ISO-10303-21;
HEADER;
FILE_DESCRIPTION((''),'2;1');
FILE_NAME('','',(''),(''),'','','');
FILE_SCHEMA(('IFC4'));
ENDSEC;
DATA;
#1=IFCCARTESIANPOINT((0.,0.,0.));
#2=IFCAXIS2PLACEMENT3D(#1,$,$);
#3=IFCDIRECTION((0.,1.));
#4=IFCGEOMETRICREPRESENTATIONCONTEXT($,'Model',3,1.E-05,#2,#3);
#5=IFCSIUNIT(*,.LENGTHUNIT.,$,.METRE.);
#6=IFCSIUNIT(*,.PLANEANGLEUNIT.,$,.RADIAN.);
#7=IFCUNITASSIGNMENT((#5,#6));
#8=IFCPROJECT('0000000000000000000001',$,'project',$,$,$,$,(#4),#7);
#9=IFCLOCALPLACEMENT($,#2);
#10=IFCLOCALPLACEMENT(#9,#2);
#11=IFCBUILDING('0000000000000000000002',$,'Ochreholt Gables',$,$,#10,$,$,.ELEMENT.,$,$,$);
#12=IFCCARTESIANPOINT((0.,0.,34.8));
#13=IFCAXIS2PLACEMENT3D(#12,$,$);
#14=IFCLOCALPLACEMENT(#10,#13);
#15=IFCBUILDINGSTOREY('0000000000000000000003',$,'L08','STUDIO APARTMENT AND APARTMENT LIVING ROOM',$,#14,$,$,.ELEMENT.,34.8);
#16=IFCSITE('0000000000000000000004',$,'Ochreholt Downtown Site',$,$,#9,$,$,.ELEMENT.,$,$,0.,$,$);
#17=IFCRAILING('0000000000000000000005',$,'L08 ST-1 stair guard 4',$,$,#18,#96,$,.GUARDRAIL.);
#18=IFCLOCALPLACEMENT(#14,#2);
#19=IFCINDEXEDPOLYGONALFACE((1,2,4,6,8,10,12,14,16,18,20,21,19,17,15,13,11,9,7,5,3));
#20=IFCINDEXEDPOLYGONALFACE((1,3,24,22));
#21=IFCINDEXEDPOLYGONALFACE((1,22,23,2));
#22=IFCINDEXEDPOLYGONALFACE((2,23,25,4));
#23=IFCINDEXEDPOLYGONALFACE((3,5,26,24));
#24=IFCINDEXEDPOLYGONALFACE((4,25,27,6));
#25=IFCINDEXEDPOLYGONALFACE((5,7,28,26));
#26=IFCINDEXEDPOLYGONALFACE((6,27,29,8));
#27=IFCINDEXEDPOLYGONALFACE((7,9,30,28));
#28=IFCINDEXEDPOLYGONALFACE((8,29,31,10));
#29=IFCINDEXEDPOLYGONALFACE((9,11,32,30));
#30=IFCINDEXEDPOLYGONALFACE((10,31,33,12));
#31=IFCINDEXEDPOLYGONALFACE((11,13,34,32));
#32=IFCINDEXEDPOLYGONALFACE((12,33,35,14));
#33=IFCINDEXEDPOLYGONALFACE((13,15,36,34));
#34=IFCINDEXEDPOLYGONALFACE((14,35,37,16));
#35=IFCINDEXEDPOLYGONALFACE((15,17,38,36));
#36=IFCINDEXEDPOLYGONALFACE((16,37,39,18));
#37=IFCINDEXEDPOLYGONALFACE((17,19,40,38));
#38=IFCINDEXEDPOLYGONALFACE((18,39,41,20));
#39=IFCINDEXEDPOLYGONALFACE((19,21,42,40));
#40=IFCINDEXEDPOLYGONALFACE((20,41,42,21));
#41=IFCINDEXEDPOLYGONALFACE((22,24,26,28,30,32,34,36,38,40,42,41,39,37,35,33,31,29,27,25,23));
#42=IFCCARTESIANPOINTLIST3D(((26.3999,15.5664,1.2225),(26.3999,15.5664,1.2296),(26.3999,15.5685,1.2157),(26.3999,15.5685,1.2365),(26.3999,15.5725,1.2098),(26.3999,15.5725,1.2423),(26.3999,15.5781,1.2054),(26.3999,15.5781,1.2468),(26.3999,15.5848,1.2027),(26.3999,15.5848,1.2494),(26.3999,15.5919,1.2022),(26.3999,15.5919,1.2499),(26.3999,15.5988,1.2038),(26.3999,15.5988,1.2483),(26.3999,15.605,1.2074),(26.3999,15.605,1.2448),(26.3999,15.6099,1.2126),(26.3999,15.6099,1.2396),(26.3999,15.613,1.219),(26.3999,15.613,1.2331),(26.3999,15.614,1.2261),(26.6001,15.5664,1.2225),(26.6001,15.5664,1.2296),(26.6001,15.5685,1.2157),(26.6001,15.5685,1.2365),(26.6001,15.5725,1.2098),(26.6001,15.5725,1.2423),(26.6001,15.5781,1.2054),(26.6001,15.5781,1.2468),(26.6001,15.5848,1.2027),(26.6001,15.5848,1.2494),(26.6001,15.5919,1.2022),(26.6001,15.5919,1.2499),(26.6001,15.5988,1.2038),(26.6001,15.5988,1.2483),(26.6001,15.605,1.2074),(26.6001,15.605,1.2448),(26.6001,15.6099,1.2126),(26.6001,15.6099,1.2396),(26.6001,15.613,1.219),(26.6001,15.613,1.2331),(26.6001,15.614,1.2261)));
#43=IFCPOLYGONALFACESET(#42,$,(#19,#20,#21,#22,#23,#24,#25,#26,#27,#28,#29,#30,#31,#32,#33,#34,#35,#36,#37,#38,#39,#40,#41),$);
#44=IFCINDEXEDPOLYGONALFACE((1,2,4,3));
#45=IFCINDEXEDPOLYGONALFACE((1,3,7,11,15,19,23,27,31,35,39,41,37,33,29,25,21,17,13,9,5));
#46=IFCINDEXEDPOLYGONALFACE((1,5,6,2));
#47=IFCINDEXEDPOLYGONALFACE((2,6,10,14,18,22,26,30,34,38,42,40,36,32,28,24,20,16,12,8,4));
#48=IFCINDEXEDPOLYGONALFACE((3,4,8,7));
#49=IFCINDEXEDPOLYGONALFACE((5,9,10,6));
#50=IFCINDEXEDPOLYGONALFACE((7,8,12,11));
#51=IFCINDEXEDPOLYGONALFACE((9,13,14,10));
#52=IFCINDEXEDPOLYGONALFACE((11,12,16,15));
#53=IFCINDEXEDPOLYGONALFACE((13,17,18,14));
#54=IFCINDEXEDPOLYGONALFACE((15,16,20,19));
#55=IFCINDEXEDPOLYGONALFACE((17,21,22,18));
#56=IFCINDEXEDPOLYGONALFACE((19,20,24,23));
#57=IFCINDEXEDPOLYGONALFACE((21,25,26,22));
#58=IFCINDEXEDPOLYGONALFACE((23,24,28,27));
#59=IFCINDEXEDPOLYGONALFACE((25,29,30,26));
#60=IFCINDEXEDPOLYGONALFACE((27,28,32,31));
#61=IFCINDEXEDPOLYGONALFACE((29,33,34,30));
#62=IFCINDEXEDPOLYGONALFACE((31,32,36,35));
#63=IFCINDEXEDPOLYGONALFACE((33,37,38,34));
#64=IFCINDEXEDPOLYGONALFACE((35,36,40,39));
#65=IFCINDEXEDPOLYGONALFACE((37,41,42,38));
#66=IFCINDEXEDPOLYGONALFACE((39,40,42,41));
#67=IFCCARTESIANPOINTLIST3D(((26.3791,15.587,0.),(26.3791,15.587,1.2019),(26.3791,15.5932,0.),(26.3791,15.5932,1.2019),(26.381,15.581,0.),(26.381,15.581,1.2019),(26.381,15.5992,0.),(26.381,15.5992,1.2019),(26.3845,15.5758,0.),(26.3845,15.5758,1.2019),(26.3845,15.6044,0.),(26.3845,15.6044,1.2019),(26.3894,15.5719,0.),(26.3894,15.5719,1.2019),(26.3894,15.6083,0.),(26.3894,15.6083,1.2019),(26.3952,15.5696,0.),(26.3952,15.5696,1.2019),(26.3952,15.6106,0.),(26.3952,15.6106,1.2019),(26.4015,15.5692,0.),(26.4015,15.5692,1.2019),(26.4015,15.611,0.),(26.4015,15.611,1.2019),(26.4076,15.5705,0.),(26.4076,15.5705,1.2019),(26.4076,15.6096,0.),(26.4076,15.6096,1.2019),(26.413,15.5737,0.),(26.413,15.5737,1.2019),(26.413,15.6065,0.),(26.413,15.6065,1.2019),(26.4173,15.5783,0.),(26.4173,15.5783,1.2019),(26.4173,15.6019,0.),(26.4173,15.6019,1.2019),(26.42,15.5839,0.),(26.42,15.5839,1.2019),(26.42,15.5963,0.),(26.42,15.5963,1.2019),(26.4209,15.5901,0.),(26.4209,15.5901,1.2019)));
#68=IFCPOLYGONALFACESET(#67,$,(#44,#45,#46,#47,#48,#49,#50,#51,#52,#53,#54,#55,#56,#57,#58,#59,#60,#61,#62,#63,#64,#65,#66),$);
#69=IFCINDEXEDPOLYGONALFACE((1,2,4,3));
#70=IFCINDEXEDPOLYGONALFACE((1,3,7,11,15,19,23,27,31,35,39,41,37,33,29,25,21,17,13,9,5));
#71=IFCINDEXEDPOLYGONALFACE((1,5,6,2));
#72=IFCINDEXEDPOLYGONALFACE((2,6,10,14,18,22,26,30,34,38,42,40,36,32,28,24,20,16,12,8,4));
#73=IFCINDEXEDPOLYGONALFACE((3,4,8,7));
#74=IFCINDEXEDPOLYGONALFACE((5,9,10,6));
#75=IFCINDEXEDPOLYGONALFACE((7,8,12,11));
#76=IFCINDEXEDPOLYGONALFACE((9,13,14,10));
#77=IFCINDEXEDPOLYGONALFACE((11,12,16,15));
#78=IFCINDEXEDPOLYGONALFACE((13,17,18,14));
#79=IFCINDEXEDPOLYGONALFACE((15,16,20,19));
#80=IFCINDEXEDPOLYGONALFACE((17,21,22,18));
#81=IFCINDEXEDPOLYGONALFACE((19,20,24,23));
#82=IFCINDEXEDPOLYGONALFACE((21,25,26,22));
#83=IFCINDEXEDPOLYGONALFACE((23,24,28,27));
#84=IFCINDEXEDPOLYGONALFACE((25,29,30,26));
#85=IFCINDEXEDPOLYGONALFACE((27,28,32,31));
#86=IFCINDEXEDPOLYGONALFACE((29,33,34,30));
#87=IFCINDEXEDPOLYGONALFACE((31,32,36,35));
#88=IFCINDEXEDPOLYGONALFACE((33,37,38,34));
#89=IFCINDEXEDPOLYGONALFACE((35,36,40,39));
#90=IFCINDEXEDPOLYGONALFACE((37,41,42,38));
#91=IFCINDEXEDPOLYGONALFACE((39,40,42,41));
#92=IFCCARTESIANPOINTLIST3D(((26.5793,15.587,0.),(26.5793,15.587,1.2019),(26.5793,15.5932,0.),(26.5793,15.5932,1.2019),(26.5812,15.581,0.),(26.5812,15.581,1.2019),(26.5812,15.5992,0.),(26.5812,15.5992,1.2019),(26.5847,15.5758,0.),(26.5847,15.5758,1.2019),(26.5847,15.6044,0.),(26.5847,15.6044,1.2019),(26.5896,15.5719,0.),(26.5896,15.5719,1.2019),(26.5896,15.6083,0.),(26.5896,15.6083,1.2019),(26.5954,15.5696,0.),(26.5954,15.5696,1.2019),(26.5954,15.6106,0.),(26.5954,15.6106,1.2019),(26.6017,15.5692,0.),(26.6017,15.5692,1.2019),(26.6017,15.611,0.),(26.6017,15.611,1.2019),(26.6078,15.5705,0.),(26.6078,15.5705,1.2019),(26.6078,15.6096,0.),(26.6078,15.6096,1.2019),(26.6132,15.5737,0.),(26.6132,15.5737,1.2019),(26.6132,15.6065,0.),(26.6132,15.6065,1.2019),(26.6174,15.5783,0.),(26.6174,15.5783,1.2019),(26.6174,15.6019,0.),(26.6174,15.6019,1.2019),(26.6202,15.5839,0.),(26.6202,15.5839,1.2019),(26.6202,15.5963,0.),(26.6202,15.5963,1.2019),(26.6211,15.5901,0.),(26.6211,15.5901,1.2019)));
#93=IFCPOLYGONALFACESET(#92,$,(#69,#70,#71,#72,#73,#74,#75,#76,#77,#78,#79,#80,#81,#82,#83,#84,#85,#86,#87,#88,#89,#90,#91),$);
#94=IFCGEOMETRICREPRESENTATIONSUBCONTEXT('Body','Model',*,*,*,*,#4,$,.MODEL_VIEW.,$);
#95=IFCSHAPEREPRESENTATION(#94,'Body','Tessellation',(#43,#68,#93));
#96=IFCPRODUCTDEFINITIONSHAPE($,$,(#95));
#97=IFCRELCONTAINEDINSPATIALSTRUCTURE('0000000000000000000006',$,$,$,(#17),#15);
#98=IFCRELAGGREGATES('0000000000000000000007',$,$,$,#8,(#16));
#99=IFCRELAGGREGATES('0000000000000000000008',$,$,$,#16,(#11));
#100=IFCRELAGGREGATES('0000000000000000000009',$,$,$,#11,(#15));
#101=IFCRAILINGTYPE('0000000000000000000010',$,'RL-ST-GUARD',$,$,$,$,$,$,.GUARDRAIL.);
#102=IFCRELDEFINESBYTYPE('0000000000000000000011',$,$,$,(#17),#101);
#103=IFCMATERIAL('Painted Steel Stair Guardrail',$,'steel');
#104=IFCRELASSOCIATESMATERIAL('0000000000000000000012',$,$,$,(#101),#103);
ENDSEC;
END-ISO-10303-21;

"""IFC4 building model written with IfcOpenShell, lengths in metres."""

from ifc_helpers import new_model, si_unit, direction, frame, origin, origin_2d, place, context, subcontext, project, spatial, circle, extrude, material, type_object, element, save


model = new_model("IFC4")

# Units and contexts
model_context = context("Model", 3, precision=1e-05, world=origin(), true_north=direction((0.0, 1.0)))
body_context = subcontext(model_context, "Body", "Model", "MODEL_VIEW")
ifc_project = project(units=[si_unit("LENGTHUNIT", "METRE"), si_unit("PLANEANGLEUNIT", "RADIAN")], contexts=[model_context])

# Site, building, storey
site_placement = place(None, origin())
site = spatial("IfcSite", under=ifc_project, at=site_placement, Name="Ochreholt Downtown Site", CompositionType="ELEMENT", RefElevation=0.0)
building_placement = place(site_placement, origin())
building = spatial("IfcBuilding", under=site, at=building_placement, Name="Ochreholt Gables", CompositionType="ELEMENT")
storey_placement = place(building_placement, frame((0.0, 0.0, 34.8)))
storey = spatial("IfcBuildingStorey", under=building, at=storey_placement, Name="L08", Description="STUDIO APARTMENT AND APARTMENT LIVING ROOM", CompositionType="ELEMENT", Elevation=34.8)

# Railing
ifc_material_1 = material(Name="Painted Steel Stair Guardrail", Category="steel")
railing_type = type_object("IfcRailingType", Name="RL-ST-GUARD", PredefinedType="GUARDRAIL", material=ifc_material_1)
railing_1_placement = place(storey_placement, frame((26.3999, 15.5901, 0.0)))
element("IfcRailing", 1, at=railing_1_placement, inside=storey, type_object=railing_type, Name="L08 ST-1 stair guard 4", PredefinedType="GUARDRAIL", context=body_context, shape_type="SweptSolid", body=[
    extrude(circle(Radius=0.0239, at=origin_2d()), frame((0.0, 0.0, 1.2261), z_axis=(1.0, 0.0, 0.0), x_axis=(0.0, 1.0, 0.0)), (0.0, 0.0, 1.0), 0.2002),
    extrude(circle(Radius=0.021, at=origin_2d()), origin(), (0.0, 0.0, 1.0), 1.2019),
    extrude(circle(Radius=0.021, at=origin_2d()), frame((0.2002, 0.0, 0.0)), (0.0, 0.0, 1.0), 1.2019),
])

save(model, "model.ifc")
